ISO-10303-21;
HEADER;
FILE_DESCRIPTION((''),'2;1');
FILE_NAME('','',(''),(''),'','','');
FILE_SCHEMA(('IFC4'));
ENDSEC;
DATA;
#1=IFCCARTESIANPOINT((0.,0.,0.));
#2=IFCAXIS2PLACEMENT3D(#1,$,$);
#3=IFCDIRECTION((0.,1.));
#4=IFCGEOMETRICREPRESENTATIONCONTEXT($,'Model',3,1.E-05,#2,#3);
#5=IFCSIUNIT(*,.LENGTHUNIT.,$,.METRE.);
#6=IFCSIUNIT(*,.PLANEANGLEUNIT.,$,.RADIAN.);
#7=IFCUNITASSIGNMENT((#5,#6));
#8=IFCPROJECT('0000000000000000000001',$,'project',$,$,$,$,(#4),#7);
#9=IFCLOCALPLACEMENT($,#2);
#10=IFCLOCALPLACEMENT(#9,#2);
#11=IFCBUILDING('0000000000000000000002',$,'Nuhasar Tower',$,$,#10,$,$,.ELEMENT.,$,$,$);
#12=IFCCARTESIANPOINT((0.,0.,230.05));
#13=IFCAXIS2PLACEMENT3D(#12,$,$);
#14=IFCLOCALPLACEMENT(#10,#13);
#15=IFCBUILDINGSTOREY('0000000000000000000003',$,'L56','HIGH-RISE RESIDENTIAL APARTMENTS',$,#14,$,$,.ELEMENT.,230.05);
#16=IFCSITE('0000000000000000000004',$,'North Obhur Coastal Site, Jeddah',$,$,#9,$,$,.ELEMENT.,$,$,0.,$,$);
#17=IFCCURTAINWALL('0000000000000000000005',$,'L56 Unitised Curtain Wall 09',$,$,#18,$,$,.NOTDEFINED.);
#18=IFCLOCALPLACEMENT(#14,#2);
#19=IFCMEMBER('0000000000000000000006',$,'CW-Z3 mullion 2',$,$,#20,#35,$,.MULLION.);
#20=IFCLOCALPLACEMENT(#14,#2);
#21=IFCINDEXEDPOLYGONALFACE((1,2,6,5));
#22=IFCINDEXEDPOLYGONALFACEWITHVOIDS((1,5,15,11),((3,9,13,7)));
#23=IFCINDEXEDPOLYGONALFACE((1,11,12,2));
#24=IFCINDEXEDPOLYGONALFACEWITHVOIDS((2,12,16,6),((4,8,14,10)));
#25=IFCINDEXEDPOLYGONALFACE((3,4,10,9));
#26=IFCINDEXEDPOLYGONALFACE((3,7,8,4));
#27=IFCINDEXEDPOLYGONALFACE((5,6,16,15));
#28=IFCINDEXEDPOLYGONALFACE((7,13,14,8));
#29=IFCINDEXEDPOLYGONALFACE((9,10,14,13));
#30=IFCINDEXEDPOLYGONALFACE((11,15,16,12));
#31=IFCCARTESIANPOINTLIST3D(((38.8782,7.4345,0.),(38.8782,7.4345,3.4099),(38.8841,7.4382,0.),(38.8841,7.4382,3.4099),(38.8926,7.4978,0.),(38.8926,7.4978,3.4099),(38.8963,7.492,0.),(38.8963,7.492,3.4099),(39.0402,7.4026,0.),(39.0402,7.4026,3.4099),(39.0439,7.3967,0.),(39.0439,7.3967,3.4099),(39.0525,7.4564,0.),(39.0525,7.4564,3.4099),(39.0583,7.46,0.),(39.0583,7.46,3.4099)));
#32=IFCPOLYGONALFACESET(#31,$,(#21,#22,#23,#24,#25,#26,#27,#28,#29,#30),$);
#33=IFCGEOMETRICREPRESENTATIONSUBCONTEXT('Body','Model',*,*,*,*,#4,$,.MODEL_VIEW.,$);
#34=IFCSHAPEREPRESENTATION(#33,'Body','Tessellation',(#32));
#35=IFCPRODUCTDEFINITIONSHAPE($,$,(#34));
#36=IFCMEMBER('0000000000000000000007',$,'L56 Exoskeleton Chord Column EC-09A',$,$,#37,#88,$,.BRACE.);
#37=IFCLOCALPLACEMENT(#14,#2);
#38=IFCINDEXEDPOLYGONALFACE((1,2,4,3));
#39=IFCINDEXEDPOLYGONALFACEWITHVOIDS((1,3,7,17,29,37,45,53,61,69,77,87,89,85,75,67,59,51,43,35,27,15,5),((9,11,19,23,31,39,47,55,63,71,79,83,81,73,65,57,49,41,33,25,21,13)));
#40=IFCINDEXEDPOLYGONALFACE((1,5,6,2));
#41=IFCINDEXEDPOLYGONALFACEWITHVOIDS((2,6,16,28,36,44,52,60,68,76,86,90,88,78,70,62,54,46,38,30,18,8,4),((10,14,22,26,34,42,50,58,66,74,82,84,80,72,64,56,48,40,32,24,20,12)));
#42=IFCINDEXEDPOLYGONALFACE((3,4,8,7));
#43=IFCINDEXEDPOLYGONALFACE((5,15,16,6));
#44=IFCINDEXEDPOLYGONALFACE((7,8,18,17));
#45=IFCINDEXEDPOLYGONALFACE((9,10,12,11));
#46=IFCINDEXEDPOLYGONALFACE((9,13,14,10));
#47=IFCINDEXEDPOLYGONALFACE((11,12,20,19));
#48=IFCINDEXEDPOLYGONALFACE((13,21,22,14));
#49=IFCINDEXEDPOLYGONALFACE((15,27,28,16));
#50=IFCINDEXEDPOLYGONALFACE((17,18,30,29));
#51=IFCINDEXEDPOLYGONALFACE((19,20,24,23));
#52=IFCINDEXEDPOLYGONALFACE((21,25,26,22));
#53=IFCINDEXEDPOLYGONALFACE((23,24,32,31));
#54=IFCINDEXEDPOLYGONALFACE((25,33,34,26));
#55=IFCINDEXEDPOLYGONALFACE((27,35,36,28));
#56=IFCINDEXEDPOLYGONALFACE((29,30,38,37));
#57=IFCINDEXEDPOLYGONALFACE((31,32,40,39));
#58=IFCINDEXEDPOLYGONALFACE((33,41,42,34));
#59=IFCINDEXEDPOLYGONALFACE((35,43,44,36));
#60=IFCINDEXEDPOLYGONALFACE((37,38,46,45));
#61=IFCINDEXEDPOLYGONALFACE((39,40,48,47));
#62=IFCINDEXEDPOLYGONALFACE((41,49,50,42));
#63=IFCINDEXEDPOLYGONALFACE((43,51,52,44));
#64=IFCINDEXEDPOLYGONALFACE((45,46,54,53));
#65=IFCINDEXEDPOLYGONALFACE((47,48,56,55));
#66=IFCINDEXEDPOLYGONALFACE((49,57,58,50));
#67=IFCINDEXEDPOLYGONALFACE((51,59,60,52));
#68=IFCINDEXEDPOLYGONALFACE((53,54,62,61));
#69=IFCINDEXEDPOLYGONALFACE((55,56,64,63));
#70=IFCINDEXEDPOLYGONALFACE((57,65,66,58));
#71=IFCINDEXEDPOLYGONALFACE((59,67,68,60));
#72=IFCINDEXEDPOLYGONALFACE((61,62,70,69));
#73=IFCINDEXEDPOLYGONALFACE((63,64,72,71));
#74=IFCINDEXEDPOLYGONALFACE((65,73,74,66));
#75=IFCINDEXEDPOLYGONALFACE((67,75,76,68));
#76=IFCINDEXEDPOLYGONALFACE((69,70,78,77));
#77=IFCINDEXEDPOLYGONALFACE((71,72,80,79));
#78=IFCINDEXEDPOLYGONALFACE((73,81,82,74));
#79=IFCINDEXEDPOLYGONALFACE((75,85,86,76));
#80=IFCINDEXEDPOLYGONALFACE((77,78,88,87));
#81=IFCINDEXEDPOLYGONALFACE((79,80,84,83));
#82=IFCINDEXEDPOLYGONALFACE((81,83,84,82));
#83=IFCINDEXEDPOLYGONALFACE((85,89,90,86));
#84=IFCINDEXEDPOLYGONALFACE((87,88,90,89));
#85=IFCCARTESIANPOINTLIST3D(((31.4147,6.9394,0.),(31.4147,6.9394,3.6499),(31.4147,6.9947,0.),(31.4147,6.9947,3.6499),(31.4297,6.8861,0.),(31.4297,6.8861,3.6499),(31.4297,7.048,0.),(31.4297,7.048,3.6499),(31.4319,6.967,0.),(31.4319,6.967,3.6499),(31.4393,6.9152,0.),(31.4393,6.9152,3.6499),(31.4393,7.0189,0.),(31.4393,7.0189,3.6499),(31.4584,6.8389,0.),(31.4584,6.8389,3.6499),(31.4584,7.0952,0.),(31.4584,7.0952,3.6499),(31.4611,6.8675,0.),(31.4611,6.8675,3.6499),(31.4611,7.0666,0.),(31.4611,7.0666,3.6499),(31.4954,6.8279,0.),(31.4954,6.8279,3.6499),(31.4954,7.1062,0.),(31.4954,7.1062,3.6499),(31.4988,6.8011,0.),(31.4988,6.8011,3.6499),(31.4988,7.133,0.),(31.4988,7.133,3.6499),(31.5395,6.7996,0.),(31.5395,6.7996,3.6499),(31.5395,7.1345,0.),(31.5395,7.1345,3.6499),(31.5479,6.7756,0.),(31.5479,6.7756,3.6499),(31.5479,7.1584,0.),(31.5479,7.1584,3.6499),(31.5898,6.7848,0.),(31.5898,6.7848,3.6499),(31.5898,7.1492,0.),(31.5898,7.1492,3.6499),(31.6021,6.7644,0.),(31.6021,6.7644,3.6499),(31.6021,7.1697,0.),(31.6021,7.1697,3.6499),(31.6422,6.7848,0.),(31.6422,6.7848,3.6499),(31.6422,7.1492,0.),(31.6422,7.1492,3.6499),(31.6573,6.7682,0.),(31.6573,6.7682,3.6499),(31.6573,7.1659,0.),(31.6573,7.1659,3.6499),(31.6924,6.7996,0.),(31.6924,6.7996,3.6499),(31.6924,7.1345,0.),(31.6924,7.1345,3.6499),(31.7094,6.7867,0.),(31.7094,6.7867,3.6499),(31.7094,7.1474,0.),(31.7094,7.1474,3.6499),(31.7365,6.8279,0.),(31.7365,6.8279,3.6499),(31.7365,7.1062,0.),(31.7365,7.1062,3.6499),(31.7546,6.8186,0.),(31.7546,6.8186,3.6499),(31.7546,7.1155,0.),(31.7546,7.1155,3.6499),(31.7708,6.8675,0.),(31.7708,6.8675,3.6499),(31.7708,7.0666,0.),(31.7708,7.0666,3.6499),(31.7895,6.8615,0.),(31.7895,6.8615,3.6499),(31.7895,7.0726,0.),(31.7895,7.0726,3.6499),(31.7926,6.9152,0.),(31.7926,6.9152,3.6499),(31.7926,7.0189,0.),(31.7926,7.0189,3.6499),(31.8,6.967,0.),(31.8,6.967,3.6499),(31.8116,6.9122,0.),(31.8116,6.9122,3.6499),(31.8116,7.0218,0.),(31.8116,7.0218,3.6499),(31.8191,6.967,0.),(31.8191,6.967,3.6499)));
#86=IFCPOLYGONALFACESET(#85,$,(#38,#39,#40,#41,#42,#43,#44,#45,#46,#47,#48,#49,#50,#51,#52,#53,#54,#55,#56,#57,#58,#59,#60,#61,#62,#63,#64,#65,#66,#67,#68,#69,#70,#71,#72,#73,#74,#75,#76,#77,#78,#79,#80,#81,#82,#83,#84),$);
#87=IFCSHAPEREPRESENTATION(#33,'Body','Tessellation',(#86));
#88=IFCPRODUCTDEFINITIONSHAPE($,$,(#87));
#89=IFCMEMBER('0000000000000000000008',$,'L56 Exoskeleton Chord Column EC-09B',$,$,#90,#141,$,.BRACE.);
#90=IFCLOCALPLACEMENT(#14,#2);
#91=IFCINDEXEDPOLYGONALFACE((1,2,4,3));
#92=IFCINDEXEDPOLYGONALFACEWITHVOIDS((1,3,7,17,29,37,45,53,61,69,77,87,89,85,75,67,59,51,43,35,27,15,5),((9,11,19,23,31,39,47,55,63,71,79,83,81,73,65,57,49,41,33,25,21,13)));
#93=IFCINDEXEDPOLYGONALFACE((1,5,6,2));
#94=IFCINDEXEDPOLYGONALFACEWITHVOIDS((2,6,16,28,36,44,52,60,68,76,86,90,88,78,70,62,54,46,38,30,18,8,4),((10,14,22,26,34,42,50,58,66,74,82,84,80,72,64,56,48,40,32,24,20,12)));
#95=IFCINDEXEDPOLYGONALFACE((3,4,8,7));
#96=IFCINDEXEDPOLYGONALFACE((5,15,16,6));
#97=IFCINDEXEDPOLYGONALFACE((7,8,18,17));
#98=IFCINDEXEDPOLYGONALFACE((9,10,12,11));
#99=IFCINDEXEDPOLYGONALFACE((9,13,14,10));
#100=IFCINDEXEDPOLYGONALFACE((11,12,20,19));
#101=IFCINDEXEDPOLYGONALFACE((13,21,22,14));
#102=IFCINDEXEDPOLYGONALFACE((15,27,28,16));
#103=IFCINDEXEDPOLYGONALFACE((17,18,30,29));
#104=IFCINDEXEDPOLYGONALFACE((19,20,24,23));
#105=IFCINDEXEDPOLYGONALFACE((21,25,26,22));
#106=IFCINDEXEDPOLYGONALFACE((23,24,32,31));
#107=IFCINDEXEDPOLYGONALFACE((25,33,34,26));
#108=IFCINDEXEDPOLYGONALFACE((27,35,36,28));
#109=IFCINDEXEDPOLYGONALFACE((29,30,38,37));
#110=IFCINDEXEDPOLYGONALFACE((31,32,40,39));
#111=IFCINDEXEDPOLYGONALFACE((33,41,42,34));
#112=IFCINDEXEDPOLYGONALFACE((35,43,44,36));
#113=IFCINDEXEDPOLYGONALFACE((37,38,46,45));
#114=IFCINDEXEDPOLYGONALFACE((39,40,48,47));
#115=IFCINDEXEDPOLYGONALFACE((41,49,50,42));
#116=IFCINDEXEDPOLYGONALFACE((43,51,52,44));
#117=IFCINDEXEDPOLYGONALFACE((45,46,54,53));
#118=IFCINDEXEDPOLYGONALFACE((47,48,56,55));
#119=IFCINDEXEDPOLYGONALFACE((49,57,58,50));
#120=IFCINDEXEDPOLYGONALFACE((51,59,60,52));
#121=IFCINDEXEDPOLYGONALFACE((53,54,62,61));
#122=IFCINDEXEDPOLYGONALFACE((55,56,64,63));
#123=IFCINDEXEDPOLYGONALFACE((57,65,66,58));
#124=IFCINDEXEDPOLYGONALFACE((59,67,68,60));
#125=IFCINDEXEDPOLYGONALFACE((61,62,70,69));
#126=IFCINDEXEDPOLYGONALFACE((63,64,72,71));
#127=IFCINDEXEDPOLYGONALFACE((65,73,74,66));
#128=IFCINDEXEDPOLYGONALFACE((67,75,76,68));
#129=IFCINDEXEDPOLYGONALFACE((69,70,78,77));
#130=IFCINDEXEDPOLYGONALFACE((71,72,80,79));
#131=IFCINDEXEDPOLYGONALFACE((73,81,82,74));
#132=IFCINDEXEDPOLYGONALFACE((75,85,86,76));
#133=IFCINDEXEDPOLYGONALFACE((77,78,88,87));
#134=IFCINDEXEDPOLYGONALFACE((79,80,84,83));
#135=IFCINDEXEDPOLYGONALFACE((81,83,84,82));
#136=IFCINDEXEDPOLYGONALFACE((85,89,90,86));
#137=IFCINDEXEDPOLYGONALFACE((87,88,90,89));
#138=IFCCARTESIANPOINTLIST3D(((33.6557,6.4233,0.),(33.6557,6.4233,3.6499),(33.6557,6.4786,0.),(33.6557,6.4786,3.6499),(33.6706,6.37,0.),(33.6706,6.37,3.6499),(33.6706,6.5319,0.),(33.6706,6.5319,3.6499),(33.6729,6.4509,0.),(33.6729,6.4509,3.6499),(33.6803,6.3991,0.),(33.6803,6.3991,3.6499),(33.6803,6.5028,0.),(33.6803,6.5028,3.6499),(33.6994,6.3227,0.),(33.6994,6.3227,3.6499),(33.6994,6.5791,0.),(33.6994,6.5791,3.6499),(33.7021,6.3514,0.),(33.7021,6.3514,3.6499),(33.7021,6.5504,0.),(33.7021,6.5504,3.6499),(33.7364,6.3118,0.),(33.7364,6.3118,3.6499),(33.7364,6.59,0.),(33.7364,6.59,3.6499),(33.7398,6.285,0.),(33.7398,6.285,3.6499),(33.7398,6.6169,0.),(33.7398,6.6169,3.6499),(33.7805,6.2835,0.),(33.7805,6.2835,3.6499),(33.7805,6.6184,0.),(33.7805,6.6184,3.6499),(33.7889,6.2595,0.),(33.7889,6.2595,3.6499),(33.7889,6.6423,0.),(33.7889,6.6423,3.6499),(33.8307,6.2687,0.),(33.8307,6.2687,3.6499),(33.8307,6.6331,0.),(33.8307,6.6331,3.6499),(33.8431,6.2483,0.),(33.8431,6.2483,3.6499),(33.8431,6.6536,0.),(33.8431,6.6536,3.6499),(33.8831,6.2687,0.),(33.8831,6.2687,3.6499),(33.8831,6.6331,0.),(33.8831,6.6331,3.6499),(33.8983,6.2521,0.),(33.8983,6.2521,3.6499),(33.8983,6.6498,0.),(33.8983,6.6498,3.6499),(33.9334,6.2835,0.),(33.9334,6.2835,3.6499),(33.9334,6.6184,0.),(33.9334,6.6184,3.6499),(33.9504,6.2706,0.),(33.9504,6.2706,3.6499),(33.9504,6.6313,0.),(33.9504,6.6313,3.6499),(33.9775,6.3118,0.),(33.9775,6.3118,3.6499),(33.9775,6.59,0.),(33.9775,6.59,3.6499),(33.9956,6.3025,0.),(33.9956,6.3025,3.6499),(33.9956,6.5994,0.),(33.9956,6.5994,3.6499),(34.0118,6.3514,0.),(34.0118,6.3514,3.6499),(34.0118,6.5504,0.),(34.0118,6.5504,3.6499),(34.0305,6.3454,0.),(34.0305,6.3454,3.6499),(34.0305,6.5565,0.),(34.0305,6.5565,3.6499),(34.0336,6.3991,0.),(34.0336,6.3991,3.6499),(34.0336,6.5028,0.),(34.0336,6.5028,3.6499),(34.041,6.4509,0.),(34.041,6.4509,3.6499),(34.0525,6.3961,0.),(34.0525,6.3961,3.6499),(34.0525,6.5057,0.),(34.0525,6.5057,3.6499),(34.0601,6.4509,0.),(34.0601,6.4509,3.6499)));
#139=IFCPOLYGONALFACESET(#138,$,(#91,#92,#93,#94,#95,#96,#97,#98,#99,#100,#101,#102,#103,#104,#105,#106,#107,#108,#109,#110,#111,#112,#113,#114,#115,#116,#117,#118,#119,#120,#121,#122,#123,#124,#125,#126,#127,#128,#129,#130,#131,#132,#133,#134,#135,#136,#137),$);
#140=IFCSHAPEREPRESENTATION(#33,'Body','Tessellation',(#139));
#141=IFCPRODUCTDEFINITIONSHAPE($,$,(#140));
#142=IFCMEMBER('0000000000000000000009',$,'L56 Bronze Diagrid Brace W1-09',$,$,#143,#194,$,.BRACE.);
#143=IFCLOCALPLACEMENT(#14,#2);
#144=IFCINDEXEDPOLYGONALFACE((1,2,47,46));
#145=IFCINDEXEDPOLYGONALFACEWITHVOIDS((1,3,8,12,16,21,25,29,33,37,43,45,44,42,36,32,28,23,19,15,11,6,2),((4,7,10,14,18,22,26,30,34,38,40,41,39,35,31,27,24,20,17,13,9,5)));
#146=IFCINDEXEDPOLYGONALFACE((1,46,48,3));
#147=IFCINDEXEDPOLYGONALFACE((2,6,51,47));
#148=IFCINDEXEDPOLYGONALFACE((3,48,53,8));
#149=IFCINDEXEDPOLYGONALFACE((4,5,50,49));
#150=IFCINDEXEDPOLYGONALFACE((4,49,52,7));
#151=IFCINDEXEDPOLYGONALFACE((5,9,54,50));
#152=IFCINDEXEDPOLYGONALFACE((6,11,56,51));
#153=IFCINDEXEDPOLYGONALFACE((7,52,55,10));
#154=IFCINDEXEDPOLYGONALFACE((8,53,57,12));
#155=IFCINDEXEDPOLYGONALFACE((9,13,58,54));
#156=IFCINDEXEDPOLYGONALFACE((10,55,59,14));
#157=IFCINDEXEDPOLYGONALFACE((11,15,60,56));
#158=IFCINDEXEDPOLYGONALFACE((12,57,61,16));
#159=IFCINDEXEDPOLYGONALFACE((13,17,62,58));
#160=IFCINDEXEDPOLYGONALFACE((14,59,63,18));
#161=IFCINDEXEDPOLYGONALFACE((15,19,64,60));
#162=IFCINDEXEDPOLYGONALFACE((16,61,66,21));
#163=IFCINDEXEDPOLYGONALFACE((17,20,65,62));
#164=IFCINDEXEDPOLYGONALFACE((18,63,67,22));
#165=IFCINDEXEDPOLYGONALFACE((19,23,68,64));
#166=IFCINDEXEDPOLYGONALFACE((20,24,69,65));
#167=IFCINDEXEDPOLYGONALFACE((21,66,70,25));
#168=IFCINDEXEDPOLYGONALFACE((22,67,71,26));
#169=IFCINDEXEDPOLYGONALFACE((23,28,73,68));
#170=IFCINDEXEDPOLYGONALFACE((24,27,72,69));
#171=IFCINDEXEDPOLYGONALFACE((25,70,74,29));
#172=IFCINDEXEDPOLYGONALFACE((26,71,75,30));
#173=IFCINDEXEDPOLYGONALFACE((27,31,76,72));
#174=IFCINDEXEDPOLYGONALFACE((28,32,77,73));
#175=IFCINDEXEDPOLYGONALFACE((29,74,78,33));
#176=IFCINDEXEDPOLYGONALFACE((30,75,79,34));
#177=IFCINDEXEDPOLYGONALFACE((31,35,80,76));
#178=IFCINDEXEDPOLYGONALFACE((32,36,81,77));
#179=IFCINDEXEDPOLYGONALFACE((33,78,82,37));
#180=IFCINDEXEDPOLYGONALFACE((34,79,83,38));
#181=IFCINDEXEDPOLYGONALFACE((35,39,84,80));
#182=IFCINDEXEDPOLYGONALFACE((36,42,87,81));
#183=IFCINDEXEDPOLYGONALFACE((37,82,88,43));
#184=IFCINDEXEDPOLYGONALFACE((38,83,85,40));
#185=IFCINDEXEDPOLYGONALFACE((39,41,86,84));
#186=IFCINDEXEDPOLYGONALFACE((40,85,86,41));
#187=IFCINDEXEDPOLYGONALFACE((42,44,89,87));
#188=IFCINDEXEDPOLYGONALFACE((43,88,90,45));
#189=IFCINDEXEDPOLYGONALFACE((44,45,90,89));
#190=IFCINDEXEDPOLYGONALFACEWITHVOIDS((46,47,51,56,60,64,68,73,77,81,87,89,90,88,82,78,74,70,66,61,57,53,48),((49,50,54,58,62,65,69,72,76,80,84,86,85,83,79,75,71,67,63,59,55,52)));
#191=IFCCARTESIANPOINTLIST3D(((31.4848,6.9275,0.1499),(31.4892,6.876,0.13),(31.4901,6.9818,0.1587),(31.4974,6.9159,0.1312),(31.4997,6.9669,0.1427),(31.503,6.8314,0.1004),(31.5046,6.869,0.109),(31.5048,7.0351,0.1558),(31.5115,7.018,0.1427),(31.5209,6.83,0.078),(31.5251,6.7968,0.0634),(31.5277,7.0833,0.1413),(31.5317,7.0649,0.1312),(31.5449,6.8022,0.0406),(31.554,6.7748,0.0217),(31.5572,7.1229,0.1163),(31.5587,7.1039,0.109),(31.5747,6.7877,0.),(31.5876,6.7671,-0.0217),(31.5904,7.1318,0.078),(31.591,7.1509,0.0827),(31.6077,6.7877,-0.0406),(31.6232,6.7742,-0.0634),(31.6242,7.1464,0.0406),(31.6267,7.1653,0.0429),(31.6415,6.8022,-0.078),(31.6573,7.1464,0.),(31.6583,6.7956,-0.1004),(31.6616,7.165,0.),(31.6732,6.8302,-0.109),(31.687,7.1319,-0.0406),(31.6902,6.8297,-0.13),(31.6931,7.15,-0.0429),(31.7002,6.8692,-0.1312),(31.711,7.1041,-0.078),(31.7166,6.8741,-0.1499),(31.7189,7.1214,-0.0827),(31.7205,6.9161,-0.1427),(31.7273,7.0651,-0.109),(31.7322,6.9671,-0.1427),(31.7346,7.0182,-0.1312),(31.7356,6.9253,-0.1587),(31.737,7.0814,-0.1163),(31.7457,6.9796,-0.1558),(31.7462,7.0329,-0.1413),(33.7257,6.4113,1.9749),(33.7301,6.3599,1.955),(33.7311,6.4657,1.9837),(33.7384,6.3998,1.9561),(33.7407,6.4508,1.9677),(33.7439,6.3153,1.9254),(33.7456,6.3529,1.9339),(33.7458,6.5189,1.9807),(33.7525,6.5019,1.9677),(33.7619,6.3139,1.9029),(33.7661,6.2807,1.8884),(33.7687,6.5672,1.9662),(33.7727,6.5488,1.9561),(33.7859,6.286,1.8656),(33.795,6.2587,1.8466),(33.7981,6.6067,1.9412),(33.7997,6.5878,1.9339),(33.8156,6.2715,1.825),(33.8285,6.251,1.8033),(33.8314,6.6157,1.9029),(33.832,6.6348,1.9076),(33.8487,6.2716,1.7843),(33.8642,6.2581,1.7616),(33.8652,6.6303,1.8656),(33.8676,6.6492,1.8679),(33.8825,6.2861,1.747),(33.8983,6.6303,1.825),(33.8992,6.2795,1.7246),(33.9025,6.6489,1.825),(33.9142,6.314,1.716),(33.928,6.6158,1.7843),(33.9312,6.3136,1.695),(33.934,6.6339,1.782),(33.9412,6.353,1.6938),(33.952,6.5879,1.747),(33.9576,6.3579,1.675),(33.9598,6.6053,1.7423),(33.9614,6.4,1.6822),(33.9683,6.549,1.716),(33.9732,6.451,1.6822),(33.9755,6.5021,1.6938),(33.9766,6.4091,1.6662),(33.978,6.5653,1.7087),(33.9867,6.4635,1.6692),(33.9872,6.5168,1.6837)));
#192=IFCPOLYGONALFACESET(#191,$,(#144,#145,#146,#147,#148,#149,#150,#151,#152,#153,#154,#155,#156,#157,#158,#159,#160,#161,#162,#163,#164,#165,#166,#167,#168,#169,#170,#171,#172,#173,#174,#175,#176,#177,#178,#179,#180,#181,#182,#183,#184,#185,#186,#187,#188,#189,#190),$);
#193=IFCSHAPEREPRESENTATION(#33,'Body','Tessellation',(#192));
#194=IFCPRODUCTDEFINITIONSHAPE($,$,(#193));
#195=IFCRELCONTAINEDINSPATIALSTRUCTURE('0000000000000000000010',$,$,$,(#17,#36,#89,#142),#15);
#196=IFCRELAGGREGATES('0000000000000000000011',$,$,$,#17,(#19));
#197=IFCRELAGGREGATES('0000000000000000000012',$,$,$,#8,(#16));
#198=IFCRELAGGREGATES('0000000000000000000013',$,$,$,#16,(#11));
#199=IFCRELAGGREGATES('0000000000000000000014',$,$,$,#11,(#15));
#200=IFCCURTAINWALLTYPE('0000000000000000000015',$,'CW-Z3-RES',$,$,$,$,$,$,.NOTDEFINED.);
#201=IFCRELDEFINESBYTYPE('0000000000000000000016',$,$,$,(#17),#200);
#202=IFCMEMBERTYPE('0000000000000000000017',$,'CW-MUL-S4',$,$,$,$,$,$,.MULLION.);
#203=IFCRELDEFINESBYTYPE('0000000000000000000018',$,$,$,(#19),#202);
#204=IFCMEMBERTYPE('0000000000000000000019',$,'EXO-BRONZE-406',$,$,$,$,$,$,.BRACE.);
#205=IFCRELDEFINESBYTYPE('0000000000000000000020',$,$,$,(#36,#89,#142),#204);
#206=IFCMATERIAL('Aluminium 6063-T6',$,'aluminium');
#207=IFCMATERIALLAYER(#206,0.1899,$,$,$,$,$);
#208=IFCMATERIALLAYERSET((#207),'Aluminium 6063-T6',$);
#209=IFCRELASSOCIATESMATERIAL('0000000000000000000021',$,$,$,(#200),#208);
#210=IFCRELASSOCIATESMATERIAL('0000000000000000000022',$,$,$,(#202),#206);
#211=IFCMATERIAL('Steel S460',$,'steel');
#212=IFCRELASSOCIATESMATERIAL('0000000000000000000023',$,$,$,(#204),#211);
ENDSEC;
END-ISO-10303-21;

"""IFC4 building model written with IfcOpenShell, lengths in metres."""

from ifc_helpers import new_model, si_unit, direction, frame, origin, origin_2d, place, context, subcontext, project, spatial, hollow_rectangle, hollow_circle, extrude, material, layer, layer_set, material_profile, profile_set, type_object, element, aggregate, save


model = new_model("IFC4")

# Units and contexts
model_context = context("Model", 3, precision=1e-05, world=origin(), true_north=direction((0.0, 1.0)))
body_context = subcontext(model_context, "Body", "Model", "MODEL_VIEW")
ifc_project = project(units=[si_unit("LENGTHUNIT", "METRE"), si_unit("PLANEANGLEUNIT", "RADIAN")], contexts=[model_context])

# Site, building, storey
site_placement = place(None, origin())
site = spatial("IfcSite", under=ifc_project, at=site_placement, Name="North Obhur Coastal Site, Jeddah", CompositionType="ELEMENT", RefElevation=0.0)
building_placement = place(site_placement, origin())
building = spatial("IfcBuilding", under=site, at=building_placement, Name="Nuhasar Tower", CompositionType="ELEMENT")
storey_placement = place(building_placement, frame((0.0, 0.0, 230.05)))
storey = spatial("IfcBuildingStorey", under=building, at=storey_placement, Name="L56", Description="HIGH-RISE RESIDENTIAL APARTMENTS", CompositionType="ELEMENT", Elevation=230.05)

# Curtain wall, member
ifc_material_1 = material(Name="Aluminium 6063-T6", Category="aluminium")
ifc_layer_1 = layer(ifc_material_1, 0.1899)
ifc_layer_set_1 = layer_set([ifc_layer_1], Name="Aluminium 6063-T6")
curtain_wall_type = type_object("IfcCurtainWallType", Name="CW-Z3-RES", PredefinedType="NOTDEFINED", material=ifc_layer_set_1)
curtain_wall_placement = place(storey_placement, origin())
curtain_wall = element("IfcCurtainWall", 1, at=curtain_wall_placement, inside=storey, type_object=curtain_wall_type, Name="L56 Unitised Curtain Wall 09", PredefinedType="NOTDEFINED")
ifc_material_profile_1 = material_profile(ifc_material_1, hollow_rectangle(XDim=0.0649, YDim=0.1699, WallThickness=0.0049, at=origin_2d()), Name="CWM-4")
ifc_profile_set_1 = profile_set([ifc_material_profile_1], Name="Aluminium 6063-T6")
member_type_1 = type_object("IfcMemberType", Name="CW-MUL-S4", PredefinedType="MULLION", material=ifc_profile_set_1)
member_placement = place(storey_placement, frame((38.9683, 7.4473, 0.0), z_axis=(0.0, 0.0, 1.0), x_axis=(0.222243, 0.974991, 0.0)))
member = element("IfcMember", 2, at=member_placement, type_object=member_type_1, Name="CW-Z3 mullion 2", PredefinedType="MULLION", context=body_context, shape_type="SweptSolid", body=[
    extrude(hollow_rectangle(XDim=0.0649, YDim=0.1699, WallThickness=0.0049, at=origin_2d()), origin(), (0.0, 0.0, 1.0), 3.4099),
])

# Members
ifc_material_2 = material(Name="Steel S460", Category="steel")
ifc_material_profile_2 = material_profile(ifc_material_2, hollow_circle(Radius=0.2031, WallThickness=0.019, at=origin_2d()), Name="HSS406.4X19.1")
ifc_profile_set_2 = profile_set([ifc_material_profile_2], Name="Steel S460")
member_type_2 = type_object("IfcMemberType", Name="EXO-BRONZE-406", PredefinedType="BRACE", material=ifc_profile_set_2)
for number, where, z_axis, x_axis, name in (
    (3, (31.616, 6.967, 0.0), (0.0, 0.0, 1.0), (1.0, 0.0, 0.0), "L56 Exoskeleton Chord Column EC-09A"),
    (4, (33.8569, 6.4509, 0.0), (0.0, 0.0, 1.0), (1.0, 0.0, 0.0), "L56 Exoskeleton Chord Column EC-09B"),
):
    element("IfcMember", number, at=place(storey_placement, frame(where, z_axis=z_axis, x_axis=x_axis)), inside=storey, type_object=member_type_2, Name=name, PredefinedType="BRACE", context=body_context, shape_type="SweptSolid", body=[
        extrude(hollow_circle(Radius=0.2031, WallThickness=0.019, at=origin_2d()), origin(), (0.0, 0.0, 1.0), 3.6499),
    ])
for number, where, z_axis, x_axis, name in (
    (5, (31.616, 6.967, 0.0), (0.763332, -0.175802, 0.621626), (0.224433, 0.97449, 0.0), "L56 Bronze Diagrid Brace W1-09"),
):
    element("IfcMember", number, at=place(storey_placement, frame(where, z_axis=z_axis, x_axis=x_axis)), inside=storey, type_object=member_type_2, Name=name, PredefinedType="BRACE", context=body_context, shape_type="SweptSolid", body=[
        extrude(hollow_circle(Radius=0.2031, WallThickness=0.019, at=origin_2d()), origin(), (0.0, 0.0, 1.0), 2.9358),
    ])

aggregate(curtain_wall, [member])

save(model, "model.ifc")
